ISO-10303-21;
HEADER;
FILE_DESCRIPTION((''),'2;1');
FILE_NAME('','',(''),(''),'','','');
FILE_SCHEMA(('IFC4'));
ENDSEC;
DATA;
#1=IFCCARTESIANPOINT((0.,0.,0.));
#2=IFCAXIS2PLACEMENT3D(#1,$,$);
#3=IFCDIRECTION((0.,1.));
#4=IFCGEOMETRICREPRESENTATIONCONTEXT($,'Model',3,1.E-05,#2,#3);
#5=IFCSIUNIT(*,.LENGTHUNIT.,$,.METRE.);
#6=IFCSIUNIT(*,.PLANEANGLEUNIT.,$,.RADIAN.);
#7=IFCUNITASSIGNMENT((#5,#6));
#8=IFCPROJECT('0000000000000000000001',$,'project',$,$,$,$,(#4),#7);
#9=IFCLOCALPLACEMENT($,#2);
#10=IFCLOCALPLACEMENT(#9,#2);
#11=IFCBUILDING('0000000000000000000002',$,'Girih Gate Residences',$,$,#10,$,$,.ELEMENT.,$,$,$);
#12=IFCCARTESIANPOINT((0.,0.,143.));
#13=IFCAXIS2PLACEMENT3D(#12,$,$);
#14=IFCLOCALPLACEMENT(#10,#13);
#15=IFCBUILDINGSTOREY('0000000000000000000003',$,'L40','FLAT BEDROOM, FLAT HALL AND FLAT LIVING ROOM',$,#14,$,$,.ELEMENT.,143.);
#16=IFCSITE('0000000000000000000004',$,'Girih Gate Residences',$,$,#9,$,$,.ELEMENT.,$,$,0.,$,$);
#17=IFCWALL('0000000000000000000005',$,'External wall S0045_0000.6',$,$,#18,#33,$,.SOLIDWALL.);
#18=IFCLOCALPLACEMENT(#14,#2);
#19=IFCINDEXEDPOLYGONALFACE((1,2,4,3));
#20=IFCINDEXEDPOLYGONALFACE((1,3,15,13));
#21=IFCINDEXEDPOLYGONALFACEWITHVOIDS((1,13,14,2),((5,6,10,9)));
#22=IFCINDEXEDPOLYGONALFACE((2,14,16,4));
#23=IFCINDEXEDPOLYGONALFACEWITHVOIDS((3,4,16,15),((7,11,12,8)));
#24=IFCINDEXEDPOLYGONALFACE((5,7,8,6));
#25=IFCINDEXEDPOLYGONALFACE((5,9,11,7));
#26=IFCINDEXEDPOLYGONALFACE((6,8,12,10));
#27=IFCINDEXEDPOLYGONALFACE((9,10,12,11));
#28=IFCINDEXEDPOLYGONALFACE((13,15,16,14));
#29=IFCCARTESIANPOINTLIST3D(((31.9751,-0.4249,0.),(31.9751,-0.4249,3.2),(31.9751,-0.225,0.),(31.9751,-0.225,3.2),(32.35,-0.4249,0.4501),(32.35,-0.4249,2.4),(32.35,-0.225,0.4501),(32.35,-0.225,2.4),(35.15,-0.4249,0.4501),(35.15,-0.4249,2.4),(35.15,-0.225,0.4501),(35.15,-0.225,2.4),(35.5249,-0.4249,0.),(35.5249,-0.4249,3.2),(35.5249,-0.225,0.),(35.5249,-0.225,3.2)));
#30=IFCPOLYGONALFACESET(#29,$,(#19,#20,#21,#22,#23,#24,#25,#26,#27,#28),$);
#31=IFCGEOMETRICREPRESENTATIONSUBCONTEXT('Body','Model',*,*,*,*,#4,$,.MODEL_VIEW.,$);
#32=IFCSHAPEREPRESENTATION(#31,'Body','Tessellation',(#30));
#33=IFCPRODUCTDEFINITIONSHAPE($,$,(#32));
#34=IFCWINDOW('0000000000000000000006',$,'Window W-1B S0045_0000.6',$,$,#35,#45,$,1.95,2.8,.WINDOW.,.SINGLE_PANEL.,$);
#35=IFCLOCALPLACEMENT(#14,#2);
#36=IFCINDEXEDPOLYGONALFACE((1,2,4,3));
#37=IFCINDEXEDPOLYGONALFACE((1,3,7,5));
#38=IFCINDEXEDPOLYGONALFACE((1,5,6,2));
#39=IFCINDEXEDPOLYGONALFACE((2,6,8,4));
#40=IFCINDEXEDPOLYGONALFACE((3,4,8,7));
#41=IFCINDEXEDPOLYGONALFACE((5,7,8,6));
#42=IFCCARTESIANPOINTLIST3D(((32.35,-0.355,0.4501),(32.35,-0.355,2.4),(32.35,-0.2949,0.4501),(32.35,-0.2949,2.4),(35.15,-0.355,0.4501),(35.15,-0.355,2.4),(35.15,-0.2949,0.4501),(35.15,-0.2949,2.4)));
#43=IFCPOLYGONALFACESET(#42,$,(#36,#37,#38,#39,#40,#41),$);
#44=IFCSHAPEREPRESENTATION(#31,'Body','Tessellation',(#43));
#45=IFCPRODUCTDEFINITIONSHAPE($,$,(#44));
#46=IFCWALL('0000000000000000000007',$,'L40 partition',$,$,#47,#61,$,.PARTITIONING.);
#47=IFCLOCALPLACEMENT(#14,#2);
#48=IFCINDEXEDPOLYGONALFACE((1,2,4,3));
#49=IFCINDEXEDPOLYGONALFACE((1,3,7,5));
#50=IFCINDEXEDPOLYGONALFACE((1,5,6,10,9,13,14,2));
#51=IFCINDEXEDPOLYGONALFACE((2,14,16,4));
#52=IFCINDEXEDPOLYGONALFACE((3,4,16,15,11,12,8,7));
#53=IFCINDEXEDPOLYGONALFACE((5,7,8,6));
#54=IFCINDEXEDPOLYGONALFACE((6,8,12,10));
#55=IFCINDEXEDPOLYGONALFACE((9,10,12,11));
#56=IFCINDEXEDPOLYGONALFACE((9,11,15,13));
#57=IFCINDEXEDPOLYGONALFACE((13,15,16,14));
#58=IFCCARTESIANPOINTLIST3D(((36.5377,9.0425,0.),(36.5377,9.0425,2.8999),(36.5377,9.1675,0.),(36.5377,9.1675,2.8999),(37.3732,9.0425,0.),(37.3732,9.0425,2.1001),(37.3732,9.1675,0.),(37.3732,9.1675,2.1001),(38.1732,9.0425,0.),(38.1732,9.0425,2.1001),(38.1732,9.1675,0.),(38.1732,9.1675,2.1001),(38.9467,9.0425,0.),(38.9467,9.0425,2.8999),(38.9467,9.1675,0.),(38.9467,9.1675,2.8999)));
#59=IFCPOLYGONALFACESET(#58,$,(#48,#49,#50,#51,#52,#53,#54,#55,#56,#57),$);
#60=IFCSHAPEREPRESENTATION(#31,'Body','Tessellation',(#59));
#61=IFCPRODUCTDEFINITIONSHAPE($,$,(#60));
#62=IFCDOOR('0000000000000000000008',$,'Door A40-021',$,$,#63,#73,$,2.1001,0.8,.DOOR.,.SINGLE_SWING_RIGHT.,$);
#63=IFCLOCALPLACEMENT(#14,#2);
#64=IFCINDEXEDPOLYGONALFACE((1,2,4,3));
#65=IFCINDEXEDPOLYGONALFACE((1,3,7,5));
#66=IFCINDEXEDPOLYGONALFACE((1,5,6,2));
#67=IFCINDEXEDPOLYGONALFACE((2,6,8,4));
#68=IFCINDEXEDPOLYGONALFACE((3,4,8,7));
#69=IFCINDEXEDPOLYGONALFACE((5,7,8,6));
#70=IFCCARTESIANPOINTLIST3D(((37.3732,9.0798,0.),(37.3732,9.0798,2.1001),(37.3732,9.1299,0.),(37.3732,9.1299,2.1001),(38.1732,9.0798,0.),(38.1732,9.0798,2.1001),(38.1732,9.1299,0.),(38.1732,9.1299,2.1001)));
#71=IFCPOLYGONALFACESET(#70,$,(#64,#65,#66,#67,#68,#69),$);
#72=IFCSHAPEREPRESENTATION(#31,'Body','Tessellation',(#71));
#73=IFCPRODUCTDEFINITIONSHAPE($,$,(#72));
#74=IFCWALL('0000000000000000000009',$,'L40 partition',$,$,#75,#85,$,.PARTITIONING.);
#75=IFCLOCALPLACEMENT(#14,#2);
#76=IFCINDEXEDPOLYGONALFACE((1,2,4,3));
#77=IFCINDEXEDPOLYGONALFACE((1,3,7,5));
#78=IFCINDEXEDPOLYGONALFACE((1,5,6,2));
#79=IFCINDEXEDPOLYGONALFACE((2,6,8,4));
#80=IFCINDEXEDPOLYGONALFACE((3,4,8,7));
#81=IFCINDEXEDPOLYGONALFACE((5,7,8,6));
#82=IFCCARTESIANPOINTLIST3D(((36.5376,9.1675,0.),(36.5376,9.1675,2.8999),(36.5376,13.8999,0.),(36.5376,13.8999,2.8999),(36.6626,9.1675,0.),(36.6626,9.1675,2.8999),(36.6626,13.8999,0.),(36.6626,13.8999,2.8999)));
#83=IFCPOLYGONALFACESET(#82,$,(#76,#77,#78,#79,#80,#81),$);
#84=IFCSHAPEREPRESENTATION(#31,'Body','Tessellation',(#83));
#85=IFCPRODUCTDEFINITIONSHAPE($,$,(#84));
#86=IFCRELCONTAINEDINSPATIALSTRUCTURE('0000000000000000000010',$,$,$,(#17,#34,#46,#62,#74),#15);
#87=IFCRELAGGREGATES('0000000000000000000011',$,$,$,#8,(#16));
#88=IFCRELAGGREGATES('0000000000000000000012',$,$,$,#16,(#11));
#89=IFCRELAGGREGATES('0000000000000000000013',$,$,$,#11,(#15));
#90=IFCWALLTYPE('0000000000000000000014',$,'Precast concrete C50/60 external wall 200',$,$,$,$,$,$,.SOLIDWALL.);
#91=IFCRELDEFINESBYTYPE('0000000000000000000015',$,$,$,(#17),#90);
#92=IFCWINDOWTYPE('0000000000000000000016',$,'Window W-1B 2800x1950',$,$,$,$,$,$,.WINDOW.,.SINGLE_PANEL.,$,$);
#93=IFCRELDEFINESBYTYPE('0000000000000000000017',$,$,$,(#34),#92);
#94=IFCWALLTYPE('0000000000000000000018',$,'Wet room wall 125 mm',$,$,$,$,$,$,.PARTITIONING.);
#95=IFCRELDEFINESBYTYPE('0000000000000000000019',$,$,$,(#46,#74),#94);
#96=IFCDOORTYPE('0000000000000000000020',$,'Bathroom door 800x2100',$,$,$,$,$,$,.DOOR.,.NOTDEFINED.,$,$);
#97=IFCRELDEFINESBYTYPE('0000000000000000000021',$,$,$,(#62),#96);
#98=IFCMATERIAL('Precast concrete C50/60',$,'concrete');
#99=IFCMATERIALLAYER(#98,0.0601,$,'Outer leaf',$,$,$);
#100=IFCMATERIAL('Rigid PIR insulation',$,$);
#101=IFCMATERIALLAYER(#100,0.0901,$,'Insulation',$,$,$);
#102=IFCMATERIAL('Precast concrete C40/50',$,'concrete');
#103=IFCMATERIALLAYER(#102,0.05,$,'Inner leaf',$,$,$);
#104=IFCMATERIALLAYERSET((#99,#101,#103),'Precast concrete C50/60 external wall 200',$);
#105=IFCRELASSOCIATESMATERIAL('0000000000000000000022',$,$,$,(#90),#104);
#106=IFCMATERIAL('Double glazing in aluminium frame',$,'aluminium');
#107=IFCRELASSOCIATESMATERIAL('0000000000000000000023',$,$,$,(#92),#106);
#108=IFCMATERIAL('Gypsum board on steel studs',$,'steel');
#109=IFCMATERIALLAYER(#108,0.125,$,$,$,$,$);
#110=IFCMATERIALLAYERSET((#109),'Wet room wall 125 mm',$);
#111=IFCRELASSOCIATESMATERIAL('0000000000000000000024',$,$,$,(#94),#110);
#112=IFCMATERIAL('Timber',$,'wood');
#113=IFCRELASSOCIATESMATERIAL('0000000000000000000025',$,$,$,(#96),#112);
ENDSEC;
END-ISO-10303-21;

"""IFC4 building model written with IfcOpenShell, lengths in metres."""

from ifc_helpers import new_model, si_unit, direction, frame, frame_2d, origin, place, context, subcontext, project, spatial, rectangle, extrude, material, layer, layer_set, type_object, element, fill, save


model = new_model("IFC4")

# Units and contexts
model_context = context("Model", 3, precision=1e-05, world=origin(), true_north=direction((0.0, 1.0)))
body_context = subcontext(model_context, "Body", "Model", "MODEL_VIEW")
ifc_project = project(units=[si_unit("LENGTHUNIT", "METRE"), si_unit("PLANEANGLEUNIT", "RADIAN")], contexts=[model_context])

# Site, building, storey
site_placement = place(None, origin())
site = spatial("IfcSite", under=ifc_project, at=site_placement, Name="Girih Gate Residences", CompositionType="ELEMENT", RefElevation=0.0)
building_placement = place(site_placement, origin())
building = spatial("IfcBuilding", under=site, at=building_placement, Name="Girih Gate Residences", CompositionType="ELEMENT")
storey_placement = place(building_placement, frame((0.0, 0.0, 143.0)))
storey = spatial("IfcBuildingStorey", under=building, at=storey_placement, Name="L40", Description="FLAT BEDROOM, FLAT HALL AND FLAT LIVING ROOM", CompositionType="ELEMENT", Elevation=143.0)

# Shared definitions
ifc_material_1 = material(Name="Gypsum board on steel studs", Category="steel")

# Shared definitions
ifc_material_2 = material(Name="Timber", Category="wood")

# Wall, opening, window
ifc_material_3 = material(Name="Precast concrete C50/60", Category="concrete")
ifc_layer_1 = layer(ifc_material_3, 0.0601, Name="Outer leaf")
ifc_material_4 = material(Name="Rigid PIR insulation")
ifc_layer_2 = layer(ifc_material_4, 0.0901, Name="Insulation")
ifc_material_5 = material(Name="Precast concrete C40/50", Category="concrete")
ifc_layer_3 = layer(ifc_material_5, 0.05, Name="Inner leaf")
ifc_layer_set_1 = layer_set([ifc_layer_1, ifc_layer_2, ifc_layer_3], Name="Precast concrete C50/60 external wall 200")
wall_type_1 = type_object("IfcWallType", Name="Precast concrete C50/60 external wall 200", PredefinedType="SOLIDWALL", material=ifc_layer_set_1)
ifc_material_6 = material(Name="Double glazing in aluminium frame", Category="aluminium")
window_type = type_object("IfcWindowType", Name="Window W-1B 2800x1950", PartitioningType="SINGLE_PANEL", PredefinedType="WINDOW", material=ifc_material_6)
wall_1_placement = place(storey_placement, frame((35.5249, -0.325, 0.0), z_axis=(0.0, 0.0, 1.0), x_axis=(-1.0, 0.0, 0.0)))
wall_1 = element("IfcWall", 1, at=wall_1_placement, inside=storey, type_object=wall_type_1, Name="External wall S0045_0000.6", PredefinedType="SOLIDWALL", context=body_context, shape_type="SweptSolid", body=[
    extrude(rectangle(XDim=3.5498, YDim=0.2, at=frame_2d((1.7749, 0.0))), origin(), (0.0, 0.0, 1.0), 3.2),
])
opening_1_placement = place(wall_1_placement, frame((0.375, 0.0, 0.45)))
opening_1 = element("IfcOpeningElement", 2, at=opening_1_placement, cuts=wall_1, PredefinedType="OPENING", context=body_context, shape_type="SweptSolid", body=[
    extrude(rectangle(XDim=2.8, YDim=1.95, at=frame_2d((1.3999, 0.9751))), frame((0.0, 0.1099, 0.0), z_axis=(0.0, -1.0, 0.0), x_axis=(1.0, 0.0, 0.0)), (0.0, 0.0, 1.0), 0.22),
])
window_1_placement = place(opening_1_placement, origin())
window_1 = element("IfcWindow", 3, at=window_1_placement, inside=storey, type_object=window_type, Name="Window W-1B S0045_0000.6", OverallHeight=1.95, OverallWidth=2.8, PartitioningType="SINGLE_PANEL", PredefinedType="WINDOW", context=body_context, shape_type="SweptSolid", body=[
    extrude(rectangle(XDim=2.8, YDim=1.95, at=frame_2d((1.3999, 0.9751))), frame((0.0, 0.03, 0.0), z_axis=(0.0, -1.0, 0.0), x_axis=(1.0, 0.0, 0.0)), (0.0, 0.0, 1.0), 0.0601),
])
fill(opening_1, window_1)

# Wall, opening, door
ifc_layer_4 = layer(ifc_material_1, 0.125)
ifc_layer_set_2 = layer_set([ifc_layer_4], Name="Wet room wall 125 mm")
wall_type_2 = type_object("IfcWallType", Name="Wet room wall 125 mm", PredefinedType="PARTITIONING", material=ifc_layer_set_2)
wall_2_placement = place(storey_placement, frame((36.5376, 9.105, 0.0), z_axis=(0.0, 0.0, 1.0), x_axis=(1.0, 0.0, 0.0)))
wall_2 = element("IfcWall", 4, at=wall_2_placement, inside=storey, type_object=wall_type_2, Name="L40 partition", PredefinedType="PARTITIONING", context=body_context, shape_type="SweptSolid", body=[
    extrude(rectangle(XDim=2.4089, YDim=0.125, at=frame_2d((1.2046, 0.0))), origin(), (0.0, 0.0, 1.0), 2.8999),
])
opening_2_placement = place(wall_2_placement, frame((0.8357, 0.0, 0.0)))
opening_2 = element("IfcOpeningElement", 5, at=opening_2_placement, cuts=wall_2, PredefinedType="OPENING", context=body_context, shape_type="SweptSolid", body=[
    extrude(rectangle(XDim=0.8, YDim=2.1001, at=frame_2d((0.3999, 1.05))), frame((0.0, 0.0725, 0.0), z_axis=(0.0, -1.0, 0.0), x_axis=(1.0, 0.0, 0.0)), (0.0, 0.0, 1.0), 0.145),
])
door_type_1 = type_object("IfcDoorType", Name="Bathroom door 800x2100", OperationType="NOTDEFINED", PredefinedType="DOOR", material=ifc_material_2)
door_1_placement = place(opening_2_placement, origin())
door_1 = element("IfcDoor", 6, at=door_1_placement, inside=storey, type_object=door_type_1, Name="Door A40-021", OperationType="SINGLE_SWING_RIGHT", OverallHeight=2.1001, OverallWidth=0.8, PredefinedType="DOOR", context=body_context, shape_type="SweptSolid", body=[
    extrude(rectangle(XDim=0.8, YDim=2.1001, at=frame_2d((0.3999, 1.05))), frame((0.0, 0.0249, 0.0), z_axis=(0.0, -1.0, 0.0), x_axis=(1.0, 0.0, 0.0)), (0.0, 0.0, 1.0), 0.05),
])
fill(opening_2, door_1)

# Wall
wall_3_placement = place(storey_placement, frame((36.6001, 9.1675, 0.0), z_axis=(0.0, 0.0, 1.0), x_axis=(0.0, 1.0, 0.0)))
element("IfcWall", 7, at=wall_3_placement, inside=storey, type_object=wall_type_2, Name="L40 partition", PredefinedType="PARTITIONING", context=body_context, shape_type="SweptSolid", body=[
    extrude(rectangle(XDim=4.7324, YDim=0.125, at=frame_2d((2.3662, 0.0))), origin(), (0.0, 0.0, 1.0), 2.8999),
])

save(model, "model.ifc")
